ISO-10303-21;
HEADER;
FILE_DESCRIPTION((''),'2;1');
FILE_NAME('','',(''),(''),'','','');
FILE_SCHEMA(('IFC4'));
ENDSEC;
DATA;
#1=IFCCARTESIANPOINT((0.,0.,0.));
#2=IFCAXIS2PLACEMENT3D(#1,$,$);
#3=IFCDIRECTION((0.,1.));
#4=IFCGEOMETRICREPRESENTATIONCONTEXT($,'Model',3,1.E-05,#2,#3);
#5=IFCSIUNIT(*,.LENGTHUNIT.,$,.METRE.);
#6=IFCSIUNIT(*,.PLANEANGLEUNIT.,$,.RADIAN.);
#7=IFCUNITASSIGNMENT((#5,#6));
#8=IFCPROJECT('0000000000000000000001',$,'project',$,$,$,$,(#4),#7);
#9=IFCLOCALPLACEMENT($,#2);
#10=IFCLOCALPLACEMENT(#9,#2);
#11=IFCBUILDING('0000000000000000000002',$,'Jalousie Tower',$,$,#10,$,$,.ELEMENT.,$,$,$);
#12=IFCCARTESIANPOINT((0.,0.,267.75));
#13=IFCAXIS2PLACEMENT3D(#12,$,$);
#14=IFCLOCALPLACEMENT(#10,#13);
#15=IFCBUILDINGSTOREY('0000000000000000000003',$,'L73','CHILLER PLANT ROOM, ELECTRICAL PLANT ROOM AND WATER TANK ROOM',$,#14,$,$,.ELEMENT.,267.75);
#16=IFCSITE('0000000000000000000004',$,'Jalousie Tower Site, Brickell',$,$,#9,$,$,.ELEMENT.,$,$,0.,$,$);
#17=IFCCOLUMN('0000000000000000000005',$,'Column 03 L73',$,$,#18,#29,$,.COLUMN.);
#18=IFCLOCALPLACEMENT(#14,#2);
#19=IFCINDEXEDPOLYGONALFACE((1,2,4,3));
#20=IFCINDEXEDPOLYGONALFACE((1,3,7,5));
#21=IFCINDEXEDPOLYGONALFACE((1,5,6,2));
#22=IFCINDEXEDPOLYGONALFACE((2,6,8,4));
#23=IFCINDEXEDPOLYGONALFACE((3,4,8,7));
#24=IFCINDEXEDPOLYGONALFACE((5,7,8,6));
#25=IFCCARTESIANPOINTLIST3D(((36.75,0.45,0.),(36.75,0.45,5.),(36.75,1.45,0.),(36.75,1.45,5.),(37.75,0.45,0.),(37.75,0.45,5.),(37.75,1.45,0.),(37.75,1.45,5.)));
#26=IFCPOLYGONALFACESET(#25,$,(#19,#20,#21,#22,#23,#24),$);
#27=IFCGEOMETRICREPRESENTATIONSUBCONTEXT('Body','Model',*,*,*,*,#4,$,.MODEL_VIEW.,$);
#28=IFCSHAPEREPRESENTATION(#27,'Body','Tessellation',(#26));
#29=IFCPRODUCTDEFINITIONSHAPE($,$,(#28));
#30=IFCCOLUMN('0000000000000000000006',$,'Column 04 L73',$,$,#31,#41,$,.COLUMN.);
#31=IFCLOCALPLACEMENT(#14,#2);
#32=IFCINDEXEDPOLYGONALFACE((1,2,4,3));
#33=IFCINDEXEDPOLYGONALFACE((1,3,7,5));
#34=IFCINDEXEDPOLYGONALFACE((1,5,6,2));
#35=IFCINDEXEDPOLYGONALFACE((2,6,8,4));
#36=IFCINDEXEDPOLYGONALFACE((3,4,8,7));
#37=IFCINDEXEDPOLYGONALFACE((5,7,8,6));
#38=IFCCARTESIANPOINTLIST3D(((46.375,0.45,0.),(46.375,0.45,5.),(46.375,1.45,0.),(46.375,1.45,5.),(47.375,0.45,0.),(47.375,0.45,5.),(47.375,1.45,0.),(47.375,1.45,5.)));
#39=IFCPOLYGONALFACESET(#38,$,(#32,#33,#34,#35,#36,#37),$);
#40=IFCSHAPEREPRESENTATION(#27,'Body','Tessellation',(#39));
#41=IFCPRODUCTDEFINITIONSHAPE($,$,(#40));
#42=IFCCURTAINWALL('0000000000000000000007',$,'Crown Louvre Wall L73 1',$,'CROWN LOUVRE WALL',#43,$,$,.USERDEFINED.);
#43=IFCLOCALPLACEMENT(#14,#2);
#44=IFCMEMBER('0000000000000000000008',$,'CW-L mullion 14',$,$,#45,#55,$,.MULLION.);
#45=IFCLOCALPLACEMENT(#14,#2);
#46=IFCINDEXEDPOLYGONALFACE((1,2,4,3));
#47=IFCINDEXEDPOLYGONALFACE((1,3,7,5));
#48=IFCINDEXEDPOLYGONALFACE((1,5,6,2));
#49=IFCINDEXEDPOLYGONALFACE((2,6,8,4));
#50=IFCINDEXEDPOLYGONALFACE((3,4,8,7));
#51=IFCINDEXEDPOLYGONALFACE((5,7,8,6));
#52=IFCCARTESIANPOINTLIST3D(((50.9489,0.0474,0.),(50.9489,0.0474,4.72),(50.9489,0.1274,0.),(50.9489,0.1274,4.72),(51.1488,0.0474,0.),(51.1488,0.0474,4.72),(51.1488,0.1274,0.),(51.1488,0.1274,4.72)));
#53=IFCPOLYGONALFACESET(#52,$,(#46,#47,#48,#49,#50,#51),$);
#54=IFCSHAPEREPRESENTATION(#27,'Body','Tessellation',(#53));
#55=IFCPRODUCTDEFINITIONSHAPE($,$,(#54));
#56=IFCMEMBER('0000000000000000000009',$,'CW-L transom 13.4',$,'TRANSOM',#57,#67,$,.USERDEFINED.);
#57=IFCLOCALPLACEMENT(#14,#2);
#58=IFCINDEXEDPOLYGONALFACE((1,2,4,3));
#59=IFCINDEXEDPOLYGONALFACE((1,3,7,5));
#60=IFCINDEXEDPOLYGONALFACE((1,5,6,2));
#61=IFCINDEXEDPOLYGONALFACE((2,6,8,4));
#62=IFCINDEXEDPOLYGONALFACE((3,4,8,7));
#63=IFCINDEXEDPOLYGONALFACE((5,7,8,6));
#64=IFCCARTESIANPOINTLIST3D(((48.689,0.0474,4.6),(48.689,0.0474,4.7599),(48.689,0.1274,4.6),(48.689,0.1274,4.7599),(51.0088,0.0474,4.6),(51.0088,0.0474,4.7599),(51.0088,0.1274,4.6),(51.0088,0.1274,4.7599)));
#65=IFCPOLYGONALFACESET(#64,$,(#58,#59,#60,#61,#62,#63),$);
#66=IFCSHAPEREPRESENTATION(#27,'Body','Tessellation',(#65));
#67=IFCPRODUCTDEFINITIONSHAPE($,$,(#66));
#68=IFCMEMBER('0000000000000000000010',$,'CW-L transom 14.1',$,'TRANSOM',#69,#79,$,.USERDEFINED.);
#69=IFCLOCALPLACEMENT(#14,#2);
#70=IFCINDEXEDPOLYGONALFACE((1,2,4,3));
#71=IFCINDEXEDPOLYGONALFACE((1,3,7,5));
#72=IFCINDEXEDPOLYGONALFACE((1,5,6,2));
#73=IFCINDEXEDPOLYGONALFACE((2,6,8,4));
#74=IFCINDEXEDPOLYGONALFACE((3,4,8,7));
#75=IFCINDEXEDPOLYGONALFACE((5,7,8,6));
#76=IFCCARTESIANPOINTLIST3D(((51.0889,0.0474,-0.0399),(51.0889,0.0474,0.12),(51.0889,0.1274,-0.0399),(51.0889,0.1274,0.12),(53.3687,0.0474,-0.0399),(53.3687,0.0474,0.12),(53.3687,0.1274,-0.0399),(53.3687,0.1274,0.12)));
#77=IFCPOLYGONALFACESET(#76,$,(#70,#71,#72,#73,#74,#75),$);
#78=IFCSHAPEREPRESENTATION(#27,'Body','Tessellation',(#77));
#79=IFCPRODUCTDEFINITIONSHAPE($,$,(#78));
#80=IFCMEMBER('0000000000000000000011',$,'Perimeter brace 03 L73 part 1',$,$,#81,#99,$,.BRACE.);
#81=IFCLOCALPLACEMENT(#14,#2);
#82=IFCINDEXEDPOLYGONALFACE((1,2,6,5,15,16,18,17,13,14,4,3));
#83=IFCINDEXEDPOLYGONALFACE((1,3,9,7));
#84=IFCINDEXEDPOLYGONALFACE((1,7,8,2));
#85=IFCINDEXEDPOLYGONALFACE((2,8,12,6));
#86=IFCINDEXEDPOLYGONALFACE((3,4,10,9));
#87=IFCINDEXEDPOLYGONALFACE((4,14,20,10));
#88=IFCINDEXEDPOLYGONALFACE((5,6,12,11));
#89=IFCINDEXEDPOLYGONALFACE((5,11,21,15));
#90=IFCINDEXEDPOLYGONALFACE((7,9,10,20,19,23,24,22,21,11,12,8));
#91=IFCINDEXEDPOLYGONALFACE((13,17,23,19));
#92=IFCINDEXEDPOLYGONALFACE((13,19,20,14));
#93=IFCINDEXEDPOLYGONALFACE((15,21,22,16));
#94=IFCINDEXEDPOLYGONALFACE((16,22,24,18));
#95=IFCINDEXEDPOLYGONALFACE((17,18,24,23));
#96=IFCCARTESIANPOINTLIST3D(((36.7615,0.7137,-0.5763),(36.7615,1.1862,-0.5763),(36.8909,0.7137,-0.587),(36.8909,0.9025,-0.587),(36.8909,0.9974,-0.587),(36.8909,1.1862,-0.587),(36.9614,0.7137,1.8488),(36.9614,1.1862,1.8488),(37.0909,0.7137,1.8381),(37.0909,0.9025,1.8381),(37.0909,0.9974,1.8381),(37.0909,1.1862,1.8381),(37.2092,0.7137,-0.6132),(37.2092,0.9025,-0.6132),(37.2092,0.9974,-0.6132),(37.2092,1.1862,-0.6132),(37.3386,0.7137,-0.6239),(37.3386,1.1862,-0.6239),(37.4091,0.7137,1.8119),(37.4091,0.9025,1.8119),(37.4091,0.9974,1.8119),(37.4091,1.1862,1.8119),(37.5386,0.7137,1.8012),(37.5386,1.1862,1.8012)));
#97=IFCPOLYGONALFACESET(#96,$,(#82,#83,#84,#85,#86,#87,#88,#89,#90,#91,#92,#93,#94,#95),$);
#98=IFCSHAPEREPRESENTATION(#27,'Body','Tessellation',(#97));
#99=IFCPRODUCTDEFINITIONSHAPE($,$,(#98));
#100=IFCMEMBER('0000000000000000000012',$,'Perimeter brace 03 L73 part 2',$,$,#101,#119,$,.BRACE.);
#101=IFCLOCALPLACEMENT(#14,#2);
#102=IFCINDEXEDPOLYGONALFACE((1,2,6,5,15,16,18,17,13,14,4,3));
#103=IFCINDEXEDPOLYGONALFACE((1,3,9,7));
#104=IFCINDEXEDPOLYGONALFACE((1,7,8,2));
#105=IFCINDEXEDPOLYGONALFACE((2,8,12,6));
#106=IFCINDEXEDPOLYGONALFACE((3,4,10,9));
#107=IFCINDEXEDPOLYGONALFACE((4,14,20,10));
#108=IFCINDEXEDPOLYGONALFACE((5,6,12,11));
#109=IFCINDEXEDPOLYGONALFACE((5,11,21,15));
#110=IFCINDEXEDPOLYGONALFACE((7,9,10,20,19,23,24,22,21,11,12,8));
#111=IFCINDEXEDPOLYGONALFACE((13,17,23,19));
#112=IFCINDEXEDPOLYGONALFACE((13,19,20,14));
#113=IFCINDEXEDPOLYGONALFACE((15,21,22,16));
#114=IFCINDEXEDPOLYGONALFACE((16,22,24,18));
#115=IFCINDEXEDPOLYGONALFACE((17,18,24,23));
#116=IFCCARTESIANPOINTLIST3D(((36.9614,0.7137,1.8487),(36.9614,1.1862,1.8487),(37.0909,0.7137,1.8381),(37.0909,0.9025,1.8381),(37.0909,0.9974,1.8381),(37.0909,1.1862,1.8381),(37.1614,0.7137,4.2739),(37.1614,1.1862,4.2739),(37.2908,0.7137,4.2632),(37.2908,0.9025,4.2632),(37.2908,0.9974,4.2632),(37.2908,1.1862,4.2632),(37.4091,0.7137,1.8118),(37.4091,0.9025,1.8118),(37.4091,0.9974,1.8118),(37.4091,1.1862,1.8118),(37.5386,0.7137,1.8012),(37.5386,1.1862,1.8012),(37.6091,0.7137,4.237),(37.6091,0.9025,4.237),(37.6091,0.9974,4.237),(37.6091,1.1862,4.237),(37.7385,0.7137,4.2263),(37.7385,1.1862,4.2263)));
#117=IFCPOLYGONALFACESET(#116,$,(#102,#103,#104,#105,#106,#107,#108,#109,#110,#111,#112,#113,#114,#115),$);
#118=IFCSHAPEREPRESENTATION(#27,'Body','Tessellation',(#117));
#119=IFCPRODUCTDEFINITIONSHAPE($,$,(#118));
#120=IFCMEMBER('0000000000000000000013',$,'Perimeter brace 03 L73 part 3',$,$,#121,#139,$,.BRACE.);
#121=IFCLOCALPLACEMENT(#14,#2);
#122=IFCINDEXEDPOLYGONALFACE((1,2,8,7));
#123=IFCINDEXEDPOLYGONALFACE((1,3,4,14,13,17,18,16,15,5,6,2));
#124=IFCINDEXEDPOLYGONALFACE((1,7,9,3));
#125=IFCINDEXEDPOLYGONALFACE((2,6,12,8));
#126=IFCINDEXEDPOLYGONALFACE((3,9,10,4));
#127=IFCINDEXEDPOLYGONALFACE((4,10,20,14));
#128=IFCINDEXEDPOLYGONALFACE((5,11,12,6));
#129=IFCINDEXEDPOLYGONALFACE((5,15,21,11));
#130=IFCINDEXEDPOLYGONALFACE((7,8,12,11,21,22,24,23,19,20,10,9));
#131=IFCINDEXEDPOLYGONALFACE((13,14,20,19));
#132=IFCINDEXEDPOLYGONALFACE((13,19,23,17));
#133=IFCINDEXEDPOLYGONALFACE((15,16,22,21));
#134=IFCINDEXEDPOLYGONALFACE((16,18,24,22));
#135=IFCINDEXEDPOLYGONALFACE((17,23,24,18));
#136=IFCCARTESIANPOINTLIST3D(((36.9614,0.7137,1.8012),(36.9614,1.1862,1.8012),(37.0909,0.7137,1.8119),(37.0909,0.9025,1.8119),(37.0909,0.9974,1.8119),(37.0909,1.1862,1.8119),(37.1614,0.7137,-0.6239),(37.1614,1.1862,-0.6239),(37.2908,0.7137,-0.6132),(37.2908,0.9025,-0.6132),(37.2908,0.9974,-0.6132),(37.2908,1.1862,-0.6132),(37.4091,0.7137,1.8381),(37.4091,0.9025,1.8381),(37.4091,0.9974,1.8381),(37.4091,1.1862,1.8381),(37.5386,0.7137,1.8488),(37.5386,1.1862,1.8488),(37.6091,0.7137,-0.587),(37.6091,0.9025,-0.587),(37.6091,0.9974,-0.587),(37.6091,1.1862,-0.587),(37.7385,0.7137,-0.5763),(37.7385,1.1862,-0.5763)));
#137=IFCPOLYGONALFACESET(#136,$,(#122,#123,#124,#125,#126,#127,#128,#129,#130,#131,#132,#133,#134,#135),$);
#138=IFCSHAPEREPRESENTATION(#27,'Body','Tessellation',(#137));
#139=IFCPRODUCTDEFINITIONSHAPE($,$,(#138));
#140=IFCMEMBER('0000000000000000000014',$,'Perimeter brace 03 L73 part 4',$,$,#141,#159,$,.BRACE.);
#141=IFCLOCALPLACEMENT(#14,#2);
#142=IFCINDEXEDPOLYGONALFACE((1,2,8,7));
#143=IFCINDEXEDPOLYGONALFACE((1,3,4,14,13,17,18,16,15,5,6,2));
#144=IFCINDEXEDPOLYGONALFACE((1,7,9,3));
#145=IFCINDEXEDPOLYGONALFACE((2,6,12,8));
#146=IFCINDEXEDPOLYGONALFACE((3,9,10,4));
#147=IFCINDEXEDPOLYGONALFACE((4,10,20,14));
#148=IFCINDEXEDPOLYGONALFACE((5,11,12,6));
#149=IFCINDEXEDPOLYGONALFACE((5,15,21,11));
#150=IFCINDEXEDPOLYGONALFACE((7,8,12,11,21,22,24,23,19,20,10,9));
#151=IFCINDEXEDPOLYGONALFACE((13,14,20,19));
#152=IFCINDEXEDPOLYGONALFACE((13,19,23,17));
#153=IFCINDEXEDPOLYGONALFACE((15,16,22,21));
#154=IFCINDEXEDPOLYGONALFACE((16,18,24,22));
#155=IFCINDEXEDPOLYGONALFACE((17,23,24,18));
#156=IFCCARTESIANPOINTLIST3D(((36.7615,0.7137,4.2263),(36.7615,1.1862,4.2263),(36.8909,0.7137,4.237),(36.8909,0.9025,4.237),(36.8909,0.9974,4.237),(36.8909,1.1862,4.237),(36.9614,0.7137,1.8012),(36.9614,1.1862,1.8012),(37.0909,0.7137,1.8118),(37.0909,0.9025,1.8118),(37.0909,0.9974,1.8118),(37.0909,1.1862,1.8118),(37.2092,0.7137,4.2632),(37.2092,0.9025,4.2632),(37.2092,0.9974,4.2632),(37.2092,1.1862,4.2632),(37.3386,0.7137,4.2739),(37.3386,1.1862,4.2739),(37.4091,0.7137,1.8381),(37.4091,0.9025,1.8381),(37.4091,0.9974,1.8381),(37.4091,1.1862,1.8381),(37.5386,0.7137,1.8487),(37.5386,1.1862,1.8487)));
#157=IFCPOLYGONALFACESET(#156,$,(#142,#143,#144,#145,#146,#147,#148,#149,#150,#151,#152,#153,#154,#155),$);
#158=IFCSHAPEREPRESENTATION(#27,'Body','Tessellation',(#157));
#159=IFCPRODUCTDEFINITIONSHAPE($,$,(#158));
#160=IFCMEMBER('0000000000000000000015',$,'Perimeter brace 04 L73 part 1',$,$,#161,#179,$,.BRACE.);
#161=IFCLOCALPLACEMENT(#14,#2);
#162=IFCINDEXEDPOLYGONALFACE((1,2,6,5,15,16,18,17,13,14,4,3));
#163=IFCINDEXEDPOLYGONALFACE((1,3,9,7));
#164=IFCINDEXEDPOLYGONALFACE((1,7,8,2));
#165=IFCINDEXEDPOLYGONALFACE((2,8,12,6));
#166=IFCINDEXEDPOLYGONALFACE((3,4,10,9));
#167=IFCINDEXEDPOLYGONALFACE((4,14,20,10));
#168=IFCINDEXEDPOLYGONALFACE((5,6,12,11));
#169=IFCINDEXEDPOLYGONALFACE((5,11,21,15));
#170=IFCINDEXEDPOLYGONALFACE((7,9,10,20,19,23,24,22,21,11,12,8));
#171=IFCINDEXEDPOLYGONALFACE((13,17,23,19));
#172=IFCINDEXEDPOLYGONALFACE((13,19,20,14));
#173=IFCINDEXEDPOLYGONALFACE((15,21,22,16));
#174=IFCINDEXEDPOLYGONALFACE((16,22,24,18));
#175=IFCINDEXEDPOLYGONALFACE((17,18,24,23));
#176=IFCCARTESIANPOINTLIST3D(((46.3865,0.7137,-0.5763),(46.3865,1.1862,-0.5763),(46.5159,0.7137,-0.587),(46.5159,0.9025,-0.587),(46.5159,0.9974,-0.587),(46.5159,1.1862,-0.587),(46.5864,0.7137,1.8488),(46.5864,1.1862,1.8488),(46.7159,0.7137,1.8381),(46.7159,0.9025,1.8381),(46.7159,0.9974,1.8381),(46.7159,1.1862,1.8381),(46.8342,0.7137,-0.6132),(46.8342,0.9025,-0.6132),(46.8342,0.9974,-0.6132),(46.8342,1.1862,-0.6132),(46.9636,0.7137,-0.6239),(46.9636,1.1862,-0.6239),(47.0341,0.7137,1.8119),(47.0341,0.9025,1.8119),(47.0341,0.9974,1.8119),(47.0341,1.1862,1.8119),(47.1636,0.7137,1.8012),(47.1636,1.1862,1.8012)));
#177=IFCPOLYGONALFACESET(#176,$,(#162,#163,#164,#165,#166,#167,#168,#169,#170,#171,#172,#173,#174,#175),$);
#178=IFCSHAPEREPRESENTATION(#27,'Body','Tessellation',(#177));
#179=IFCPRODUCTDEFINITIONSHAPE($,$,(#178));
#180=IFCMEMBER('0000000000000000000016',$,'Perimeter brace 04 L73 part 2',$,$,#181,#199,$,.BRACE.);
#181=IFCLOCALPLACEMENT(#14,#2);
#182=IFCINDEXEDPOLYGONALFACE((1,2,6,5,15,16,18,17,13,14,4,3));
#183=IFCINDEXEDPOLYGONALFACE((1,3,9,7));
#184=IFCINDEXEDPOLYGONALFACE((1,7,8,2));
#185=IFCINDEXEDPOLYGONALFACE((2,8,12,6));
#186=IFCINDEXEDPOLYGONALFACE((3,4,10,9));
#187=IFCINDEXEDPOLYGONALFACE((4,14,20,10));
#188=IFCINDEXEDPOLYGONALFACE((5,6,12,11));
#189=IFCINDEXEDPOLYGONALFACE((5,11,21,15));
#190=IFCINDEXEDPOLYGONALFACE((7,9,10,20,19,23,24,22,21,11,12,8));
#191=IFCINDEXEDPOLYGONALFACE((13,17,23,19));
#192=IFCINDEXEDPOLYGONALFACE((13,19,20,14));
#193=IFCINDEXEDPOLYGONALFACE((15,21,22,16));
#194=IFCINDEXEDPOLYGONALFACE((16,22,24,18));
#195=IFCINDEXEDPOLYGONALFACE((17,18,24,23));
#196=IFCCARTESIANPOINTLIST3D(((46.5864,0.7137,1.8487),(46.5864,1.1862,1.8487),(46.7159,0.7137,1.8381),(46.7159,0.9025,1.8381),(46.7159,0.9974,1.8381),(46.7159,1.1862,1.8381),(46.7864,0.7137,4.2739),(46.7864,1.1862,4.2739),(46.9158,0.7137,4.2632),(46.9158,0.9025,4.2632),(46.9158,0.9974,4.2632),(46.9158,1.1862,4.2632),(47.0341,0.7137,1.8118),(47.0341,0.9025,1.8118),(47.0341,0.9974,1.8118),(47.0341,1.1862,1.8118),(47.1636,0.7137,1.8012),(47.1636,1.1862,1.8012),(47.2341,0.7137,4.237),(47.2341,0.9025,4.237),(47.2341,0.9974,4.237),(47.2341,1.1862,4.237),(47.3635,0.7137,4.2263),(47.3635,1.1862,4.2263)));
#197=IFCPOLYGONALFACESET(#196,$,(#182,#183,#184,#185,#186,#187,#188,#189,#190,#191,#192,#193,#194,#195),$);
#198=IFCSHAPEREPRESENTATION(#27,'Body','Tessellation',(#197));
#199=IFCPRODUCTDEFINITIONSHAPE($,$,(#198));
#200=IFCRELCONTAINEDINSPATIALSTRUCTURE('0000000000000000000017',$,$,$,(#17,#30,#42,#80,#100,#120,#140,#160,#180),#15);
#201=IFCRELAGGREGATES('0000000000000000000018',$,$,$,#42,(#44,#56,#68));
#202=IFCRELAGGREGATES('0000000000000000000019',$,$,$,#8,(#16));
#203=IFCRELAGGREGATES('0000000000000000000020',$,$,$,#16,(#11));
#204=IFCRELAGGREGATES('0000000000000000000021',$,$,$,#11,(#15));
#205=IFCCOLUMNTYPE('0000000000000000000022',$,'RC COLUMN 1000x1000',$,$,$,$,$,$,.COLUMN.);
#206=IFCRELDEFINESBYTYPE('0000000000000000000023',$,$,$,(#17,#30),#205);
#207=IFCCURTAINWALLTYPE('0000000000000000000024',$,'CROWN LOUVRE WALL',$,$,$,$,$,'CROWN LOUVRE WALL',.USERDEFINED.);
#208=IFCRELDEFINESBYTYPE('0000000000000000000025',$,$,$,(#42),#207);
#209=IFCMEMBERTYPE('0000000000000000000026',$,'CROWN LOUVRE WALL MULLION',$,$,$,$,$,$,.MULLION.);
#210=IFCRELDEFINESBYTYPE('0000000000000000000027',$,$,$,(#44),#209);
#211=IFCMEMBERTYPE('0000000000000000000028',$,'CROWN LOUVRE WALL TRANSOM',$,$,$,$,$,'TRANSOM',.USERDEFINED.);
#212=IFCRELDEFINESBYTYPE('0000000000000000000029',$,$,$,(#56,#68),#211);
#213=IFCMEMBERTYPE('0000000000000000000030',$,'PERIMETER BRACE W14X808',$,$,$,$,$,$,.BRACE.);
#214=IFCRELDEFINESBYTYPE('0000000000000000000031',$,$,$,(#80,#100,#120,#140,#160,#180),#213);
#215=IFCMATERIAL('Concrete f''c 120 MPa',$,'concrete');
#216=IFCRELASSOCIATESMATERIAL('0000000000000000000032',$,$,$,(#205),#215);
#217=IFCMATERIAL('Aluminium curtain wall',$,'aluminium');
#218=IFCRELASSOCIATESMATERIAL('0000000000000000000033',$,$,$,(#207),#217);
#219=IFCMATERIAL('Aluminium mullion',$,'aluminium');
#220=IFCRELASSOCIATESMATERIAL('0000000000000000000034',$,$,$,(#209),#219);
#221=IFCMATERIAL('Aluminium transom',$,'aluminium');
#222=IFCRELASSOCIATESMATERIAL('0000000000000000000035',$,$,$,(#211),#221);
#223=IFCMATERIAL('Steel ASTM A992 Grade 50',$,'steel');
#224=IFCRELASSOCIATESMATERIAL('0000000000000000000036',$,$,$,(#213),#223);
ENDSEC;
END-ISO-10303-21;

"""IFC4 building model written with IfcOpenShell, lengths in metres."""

from ifc_helpers import new_model, si_unit, direction, frame, origin, origin_2d, place, context, subcontext, project, spatial, rectangle, i_section, extrude, material, material_profile, profile_set, type_object, element, aggregate, save


model = new_model("IFC4")

# Units and contexts
model_context = context("Model", 3, precision=1e-05, world=origin(), true_north=direction((0.0, 1.0)))
body_context = subcontext(model_context, "Body", "Model", "MODEL_VIEW")
ifc_project = project(units=[si_unit("LENGTHUNIT", "METRE"), si_unit("PLANEANGLEUNIT", "RADIAN")], contexts=[model_context])

# Site, building, storey
site_placement = place(None, origin())
site = spatial("IfcSite", under=ifc_project, at=site_placement, Name="Jalousie Tower Site, Brickell", CompositionType="ELEMENT", RefElevation=0.0)
building_placement = place(site_placement, origin())
building = spatial("IfcBuilding", under=site, at=building_placement, Name="Jalousie Tower", CompositionType="ELEMENT")
storey_placement = place(building_placement, frame((0.0, 0.0, 267.75)))
storey = spatial("IfcBuildingStorey", under=building, at=storey_placement, Name="L73", Description="CHILLER PLANT ROOM, ELECTRICAL PLANT ROOM AND WATER TANK ROOM", CompositionType="ELEMENT", Elevation=267.75)

# Columns
ifc_material_1 = material(Name="Concrete f'c 120 MPa", Category="concrete")
ifc_material_profile_1 = material_profile(ifc_material_1, rectangle(XDim=1.0, YDim=1.0, at=origin_2d()), Name="RC 1000x1000")
ifc_profile_set_1 = profile_set([ifc_material_profile_1], Name="Concrete f'c 120 MPa")
column_type = type_object("IfcColumnType", Name="RC COLUMN 1000x1000", PredefinedType="COLUMN", material=ifc_profile_set_1)
for number, where, z_axis, x_axis, name in (
    (1, (37.25, 0.95, 0.0), (0.0, 0.0, 1.0), (1.0, 0.0, 0.0), "Column 03 L73"),
    (2, (46.875, 0.95, 0.0), (0.0, 0.0, 1.0), (1.0, 0.0, 0.0), "Column 04 L73"),
):
    element("IfcColumn", number, at=place(storey_placement, frame(where, z_axis=z_axis, x_axis=x_axis)), inside=storey, type_object=column_type, Name=name, PredefinedType="COLUMN", context=body_context, shape_type="SweptSolid", body=[
        extrude(rectangle(XDim=1.0, YDim=1.0, at=origin_2d()), origin(), (0.0, 0.0, 1.0), 5.0),
    ])

# Curtain wall, members
ifc_material_2 = material(Name="Aluminium curtain wall", Category="aluminium")
curtain_wall_type = type_object("IfcCurtainWallType", Name="CROWN LOUVRE WALL", ElementType="CROWN LOUVRE WALL", PredefinedType="USERDEFINED", material=ifc_material_2)
curtain_wall_placement = place(storey_placement, origin())
curtain_wall = element("IfcCurtainWall", 3, at=curtain_wall_placement, inside=storey, type_object=curtain_wall_type, Name="Crown Louvre Wall L73 1", ObjectType="CROWN LOUVRE WALL", PredefinedType="USERDEFINED")
ifc_material_3 = material(Name="Aluminium mullion", Category="aluminium")
ifc_material_profile_2 = material_profile(ifc_material_3, rectangle(XDim=0.0801, YDim=0.2, at=origin_2d()), Name="MULLION 80x200")
ifc_profile_set_2 = profile_set([ifc_material_profile_2], Name="Aluminium mullion")
member_type_1 = type_object("IfcMemberType", Name="CROWN LOUVRE WALL MULLION", PredefinedType="MULLION", material=ifc_profile_set_2)
member_1_placement = place(storey_placement, frame((51.0488, 0.0874, 0.0), z_axis=(0.0, 0.0, 1.0), x_axis=(0.0, 1.0, 0.0)))
member_1 = element("IfcMember", 4, at=member_1_placement, type_object=member_type_1, Name="CW-L mullion 14", PredefinedType="MULLION", context=body_context, shape_type="SweptSolid", body=[
    extrude(rectangle(XDim=0.0801, YDim=0.2, at=origin_2d()), origin(), (0.0, 0.0, 1.0), 4.72),
])
ifc_material_4 = material(Name="Aluminium transom", Category="aluminium")
ifc_material_profile_3 = material_profile(ifc_material_4, rectangle(XDim=0.0801, YDim=0.1599, at=origin_2d()), Name="TRANSOM 80x160")
ifc_profile_set_3 = profile_set([ifc_material_profile_3], Name="Aluminium transom")
member_type_2 = type_object("IfcMemberType", Name="CROWN LOUVRE WALL TRANSOM", ElementType="TRANSOM", PredefinedType="USERDEFINED", material=ifc_profile_set_3)
member_2_placement = place(storey_placement, frame((48.689, 0.0874, 4.6799), z_axis=(1.0, 0.0, 0.0), x_axis=(0.0, 1.0, 0.0)))
member_2 = element("IfcMember", 5, at=member_2_placement, type_object=member_type_2, Name="CW-L transom 13.4", ObjectType="TRANSOM", PredefinedType="USERDEFINED", context=body_context, shape_type="SweptSolid", body=[
    extrude(rectangle(XDim=0.0801, YDim=0.1599, at=origin_2d()), origin(), (0.0, 0.0, 1.0), 2.3198),
])
member_3_placement = place(storey_placement, frame((51.0889, 0.0874, 0.04), z_axis=(1.0, 0.0, 0.0), x_axis=(0.0, 1.0, 0.0)))
member_3 = element("IfcMember", 6, at=member_3_placement, type_object=member_type_2, Name="CW-L transom 14.1", ObjectType="TRANSOM", PredefinedType="USERDEFINED", context=body_context, shape_type="SweptSolid", body=[
    extrude(rectangle(XDim=0.0801, YDim=0.1599, at=origin_2d()), origin(), (0.0, 0.0, 1.0), 2.2798),
])

# Members
ifc_material_5 = material(Name="Steel ASTM A992 Grade 50", Category="steel")
ifc_material_profile_4 = material_profile(ifc_material_5, i_section(OverallWidth=0.4724, OverallDepth=0.5791, WebThickness=0.095, FlangeThickness=0.1299, at=origin_2d()), Name="W14X808")
ifc_profile_set_4 = profile_set([ifc_material_profile_4], Name="Steel ASTM A992 Grade 50")
member_type_3 = type_object("IfcMemberType", Name="PERIMETER BRACE W14X808", PredefinedType="BRACE", material=ifc_profile_set_4)
for number, where, z_axis, x_axis, name in (
    (7, (37.05, 0.95, -0.6001), (0.082174, 0.0, 0.996618), (0.0, 1.0, 0.0), "Perimeter brace 03 L73 part 1"),
    (8, (37.25, 0.95, 1.825), (0.082174, 0.0, 0.996618), (0.0, 1.0, 0.0), "Perimeter brace 03 L73 part 2"),
    (9, (37.45, 0.95, -0.6001), (-0.082174, 0.0, 0.996618), (0.0, -1.0, 0.0), "Perimeter brace 03 L73 part 3"),
    (10, (37.25, 0.95, 1.825), (-0.082174, 0.0, 0.996618), (0.0, -1.0, 0.0), "Perimeter brace 03 L73 part 4"),
    (11, (46.675, 0.95, -0.6001), (0.082174, 0.0, 0.996618), (0.0, 1.0, 0.0), "Perimeter brace 04 L73 part 1"),
    (12, (46.875, 0.95, 1.825), (0.082174, 0.0, 0.996618), (0.0, 1.0, 0.0), "Perimeter brace 04 L73 part 2"),
):
    element("IfcMember", number, at=place(storey_placement, frame(where, z_axis=z_axis, x_axis=x_axis)), inside=storey, type_object=member_type_3, Name=name, PredefinedType="BRACE", context=body_context, shape_type="SweptSolid", body=[
        extrude(i_section(OverallWidth=0.4724, OverallDepth=0.5791, WebThickness=0.095, FlangeThickness=0.1299, at=origin_2d()), origin(), (0.0, 0.0, 1.0), 2.4333),
    ])

aggregate(curtain_wall, [member_1, member_2, member_3])

save(model, "model.ifc")
